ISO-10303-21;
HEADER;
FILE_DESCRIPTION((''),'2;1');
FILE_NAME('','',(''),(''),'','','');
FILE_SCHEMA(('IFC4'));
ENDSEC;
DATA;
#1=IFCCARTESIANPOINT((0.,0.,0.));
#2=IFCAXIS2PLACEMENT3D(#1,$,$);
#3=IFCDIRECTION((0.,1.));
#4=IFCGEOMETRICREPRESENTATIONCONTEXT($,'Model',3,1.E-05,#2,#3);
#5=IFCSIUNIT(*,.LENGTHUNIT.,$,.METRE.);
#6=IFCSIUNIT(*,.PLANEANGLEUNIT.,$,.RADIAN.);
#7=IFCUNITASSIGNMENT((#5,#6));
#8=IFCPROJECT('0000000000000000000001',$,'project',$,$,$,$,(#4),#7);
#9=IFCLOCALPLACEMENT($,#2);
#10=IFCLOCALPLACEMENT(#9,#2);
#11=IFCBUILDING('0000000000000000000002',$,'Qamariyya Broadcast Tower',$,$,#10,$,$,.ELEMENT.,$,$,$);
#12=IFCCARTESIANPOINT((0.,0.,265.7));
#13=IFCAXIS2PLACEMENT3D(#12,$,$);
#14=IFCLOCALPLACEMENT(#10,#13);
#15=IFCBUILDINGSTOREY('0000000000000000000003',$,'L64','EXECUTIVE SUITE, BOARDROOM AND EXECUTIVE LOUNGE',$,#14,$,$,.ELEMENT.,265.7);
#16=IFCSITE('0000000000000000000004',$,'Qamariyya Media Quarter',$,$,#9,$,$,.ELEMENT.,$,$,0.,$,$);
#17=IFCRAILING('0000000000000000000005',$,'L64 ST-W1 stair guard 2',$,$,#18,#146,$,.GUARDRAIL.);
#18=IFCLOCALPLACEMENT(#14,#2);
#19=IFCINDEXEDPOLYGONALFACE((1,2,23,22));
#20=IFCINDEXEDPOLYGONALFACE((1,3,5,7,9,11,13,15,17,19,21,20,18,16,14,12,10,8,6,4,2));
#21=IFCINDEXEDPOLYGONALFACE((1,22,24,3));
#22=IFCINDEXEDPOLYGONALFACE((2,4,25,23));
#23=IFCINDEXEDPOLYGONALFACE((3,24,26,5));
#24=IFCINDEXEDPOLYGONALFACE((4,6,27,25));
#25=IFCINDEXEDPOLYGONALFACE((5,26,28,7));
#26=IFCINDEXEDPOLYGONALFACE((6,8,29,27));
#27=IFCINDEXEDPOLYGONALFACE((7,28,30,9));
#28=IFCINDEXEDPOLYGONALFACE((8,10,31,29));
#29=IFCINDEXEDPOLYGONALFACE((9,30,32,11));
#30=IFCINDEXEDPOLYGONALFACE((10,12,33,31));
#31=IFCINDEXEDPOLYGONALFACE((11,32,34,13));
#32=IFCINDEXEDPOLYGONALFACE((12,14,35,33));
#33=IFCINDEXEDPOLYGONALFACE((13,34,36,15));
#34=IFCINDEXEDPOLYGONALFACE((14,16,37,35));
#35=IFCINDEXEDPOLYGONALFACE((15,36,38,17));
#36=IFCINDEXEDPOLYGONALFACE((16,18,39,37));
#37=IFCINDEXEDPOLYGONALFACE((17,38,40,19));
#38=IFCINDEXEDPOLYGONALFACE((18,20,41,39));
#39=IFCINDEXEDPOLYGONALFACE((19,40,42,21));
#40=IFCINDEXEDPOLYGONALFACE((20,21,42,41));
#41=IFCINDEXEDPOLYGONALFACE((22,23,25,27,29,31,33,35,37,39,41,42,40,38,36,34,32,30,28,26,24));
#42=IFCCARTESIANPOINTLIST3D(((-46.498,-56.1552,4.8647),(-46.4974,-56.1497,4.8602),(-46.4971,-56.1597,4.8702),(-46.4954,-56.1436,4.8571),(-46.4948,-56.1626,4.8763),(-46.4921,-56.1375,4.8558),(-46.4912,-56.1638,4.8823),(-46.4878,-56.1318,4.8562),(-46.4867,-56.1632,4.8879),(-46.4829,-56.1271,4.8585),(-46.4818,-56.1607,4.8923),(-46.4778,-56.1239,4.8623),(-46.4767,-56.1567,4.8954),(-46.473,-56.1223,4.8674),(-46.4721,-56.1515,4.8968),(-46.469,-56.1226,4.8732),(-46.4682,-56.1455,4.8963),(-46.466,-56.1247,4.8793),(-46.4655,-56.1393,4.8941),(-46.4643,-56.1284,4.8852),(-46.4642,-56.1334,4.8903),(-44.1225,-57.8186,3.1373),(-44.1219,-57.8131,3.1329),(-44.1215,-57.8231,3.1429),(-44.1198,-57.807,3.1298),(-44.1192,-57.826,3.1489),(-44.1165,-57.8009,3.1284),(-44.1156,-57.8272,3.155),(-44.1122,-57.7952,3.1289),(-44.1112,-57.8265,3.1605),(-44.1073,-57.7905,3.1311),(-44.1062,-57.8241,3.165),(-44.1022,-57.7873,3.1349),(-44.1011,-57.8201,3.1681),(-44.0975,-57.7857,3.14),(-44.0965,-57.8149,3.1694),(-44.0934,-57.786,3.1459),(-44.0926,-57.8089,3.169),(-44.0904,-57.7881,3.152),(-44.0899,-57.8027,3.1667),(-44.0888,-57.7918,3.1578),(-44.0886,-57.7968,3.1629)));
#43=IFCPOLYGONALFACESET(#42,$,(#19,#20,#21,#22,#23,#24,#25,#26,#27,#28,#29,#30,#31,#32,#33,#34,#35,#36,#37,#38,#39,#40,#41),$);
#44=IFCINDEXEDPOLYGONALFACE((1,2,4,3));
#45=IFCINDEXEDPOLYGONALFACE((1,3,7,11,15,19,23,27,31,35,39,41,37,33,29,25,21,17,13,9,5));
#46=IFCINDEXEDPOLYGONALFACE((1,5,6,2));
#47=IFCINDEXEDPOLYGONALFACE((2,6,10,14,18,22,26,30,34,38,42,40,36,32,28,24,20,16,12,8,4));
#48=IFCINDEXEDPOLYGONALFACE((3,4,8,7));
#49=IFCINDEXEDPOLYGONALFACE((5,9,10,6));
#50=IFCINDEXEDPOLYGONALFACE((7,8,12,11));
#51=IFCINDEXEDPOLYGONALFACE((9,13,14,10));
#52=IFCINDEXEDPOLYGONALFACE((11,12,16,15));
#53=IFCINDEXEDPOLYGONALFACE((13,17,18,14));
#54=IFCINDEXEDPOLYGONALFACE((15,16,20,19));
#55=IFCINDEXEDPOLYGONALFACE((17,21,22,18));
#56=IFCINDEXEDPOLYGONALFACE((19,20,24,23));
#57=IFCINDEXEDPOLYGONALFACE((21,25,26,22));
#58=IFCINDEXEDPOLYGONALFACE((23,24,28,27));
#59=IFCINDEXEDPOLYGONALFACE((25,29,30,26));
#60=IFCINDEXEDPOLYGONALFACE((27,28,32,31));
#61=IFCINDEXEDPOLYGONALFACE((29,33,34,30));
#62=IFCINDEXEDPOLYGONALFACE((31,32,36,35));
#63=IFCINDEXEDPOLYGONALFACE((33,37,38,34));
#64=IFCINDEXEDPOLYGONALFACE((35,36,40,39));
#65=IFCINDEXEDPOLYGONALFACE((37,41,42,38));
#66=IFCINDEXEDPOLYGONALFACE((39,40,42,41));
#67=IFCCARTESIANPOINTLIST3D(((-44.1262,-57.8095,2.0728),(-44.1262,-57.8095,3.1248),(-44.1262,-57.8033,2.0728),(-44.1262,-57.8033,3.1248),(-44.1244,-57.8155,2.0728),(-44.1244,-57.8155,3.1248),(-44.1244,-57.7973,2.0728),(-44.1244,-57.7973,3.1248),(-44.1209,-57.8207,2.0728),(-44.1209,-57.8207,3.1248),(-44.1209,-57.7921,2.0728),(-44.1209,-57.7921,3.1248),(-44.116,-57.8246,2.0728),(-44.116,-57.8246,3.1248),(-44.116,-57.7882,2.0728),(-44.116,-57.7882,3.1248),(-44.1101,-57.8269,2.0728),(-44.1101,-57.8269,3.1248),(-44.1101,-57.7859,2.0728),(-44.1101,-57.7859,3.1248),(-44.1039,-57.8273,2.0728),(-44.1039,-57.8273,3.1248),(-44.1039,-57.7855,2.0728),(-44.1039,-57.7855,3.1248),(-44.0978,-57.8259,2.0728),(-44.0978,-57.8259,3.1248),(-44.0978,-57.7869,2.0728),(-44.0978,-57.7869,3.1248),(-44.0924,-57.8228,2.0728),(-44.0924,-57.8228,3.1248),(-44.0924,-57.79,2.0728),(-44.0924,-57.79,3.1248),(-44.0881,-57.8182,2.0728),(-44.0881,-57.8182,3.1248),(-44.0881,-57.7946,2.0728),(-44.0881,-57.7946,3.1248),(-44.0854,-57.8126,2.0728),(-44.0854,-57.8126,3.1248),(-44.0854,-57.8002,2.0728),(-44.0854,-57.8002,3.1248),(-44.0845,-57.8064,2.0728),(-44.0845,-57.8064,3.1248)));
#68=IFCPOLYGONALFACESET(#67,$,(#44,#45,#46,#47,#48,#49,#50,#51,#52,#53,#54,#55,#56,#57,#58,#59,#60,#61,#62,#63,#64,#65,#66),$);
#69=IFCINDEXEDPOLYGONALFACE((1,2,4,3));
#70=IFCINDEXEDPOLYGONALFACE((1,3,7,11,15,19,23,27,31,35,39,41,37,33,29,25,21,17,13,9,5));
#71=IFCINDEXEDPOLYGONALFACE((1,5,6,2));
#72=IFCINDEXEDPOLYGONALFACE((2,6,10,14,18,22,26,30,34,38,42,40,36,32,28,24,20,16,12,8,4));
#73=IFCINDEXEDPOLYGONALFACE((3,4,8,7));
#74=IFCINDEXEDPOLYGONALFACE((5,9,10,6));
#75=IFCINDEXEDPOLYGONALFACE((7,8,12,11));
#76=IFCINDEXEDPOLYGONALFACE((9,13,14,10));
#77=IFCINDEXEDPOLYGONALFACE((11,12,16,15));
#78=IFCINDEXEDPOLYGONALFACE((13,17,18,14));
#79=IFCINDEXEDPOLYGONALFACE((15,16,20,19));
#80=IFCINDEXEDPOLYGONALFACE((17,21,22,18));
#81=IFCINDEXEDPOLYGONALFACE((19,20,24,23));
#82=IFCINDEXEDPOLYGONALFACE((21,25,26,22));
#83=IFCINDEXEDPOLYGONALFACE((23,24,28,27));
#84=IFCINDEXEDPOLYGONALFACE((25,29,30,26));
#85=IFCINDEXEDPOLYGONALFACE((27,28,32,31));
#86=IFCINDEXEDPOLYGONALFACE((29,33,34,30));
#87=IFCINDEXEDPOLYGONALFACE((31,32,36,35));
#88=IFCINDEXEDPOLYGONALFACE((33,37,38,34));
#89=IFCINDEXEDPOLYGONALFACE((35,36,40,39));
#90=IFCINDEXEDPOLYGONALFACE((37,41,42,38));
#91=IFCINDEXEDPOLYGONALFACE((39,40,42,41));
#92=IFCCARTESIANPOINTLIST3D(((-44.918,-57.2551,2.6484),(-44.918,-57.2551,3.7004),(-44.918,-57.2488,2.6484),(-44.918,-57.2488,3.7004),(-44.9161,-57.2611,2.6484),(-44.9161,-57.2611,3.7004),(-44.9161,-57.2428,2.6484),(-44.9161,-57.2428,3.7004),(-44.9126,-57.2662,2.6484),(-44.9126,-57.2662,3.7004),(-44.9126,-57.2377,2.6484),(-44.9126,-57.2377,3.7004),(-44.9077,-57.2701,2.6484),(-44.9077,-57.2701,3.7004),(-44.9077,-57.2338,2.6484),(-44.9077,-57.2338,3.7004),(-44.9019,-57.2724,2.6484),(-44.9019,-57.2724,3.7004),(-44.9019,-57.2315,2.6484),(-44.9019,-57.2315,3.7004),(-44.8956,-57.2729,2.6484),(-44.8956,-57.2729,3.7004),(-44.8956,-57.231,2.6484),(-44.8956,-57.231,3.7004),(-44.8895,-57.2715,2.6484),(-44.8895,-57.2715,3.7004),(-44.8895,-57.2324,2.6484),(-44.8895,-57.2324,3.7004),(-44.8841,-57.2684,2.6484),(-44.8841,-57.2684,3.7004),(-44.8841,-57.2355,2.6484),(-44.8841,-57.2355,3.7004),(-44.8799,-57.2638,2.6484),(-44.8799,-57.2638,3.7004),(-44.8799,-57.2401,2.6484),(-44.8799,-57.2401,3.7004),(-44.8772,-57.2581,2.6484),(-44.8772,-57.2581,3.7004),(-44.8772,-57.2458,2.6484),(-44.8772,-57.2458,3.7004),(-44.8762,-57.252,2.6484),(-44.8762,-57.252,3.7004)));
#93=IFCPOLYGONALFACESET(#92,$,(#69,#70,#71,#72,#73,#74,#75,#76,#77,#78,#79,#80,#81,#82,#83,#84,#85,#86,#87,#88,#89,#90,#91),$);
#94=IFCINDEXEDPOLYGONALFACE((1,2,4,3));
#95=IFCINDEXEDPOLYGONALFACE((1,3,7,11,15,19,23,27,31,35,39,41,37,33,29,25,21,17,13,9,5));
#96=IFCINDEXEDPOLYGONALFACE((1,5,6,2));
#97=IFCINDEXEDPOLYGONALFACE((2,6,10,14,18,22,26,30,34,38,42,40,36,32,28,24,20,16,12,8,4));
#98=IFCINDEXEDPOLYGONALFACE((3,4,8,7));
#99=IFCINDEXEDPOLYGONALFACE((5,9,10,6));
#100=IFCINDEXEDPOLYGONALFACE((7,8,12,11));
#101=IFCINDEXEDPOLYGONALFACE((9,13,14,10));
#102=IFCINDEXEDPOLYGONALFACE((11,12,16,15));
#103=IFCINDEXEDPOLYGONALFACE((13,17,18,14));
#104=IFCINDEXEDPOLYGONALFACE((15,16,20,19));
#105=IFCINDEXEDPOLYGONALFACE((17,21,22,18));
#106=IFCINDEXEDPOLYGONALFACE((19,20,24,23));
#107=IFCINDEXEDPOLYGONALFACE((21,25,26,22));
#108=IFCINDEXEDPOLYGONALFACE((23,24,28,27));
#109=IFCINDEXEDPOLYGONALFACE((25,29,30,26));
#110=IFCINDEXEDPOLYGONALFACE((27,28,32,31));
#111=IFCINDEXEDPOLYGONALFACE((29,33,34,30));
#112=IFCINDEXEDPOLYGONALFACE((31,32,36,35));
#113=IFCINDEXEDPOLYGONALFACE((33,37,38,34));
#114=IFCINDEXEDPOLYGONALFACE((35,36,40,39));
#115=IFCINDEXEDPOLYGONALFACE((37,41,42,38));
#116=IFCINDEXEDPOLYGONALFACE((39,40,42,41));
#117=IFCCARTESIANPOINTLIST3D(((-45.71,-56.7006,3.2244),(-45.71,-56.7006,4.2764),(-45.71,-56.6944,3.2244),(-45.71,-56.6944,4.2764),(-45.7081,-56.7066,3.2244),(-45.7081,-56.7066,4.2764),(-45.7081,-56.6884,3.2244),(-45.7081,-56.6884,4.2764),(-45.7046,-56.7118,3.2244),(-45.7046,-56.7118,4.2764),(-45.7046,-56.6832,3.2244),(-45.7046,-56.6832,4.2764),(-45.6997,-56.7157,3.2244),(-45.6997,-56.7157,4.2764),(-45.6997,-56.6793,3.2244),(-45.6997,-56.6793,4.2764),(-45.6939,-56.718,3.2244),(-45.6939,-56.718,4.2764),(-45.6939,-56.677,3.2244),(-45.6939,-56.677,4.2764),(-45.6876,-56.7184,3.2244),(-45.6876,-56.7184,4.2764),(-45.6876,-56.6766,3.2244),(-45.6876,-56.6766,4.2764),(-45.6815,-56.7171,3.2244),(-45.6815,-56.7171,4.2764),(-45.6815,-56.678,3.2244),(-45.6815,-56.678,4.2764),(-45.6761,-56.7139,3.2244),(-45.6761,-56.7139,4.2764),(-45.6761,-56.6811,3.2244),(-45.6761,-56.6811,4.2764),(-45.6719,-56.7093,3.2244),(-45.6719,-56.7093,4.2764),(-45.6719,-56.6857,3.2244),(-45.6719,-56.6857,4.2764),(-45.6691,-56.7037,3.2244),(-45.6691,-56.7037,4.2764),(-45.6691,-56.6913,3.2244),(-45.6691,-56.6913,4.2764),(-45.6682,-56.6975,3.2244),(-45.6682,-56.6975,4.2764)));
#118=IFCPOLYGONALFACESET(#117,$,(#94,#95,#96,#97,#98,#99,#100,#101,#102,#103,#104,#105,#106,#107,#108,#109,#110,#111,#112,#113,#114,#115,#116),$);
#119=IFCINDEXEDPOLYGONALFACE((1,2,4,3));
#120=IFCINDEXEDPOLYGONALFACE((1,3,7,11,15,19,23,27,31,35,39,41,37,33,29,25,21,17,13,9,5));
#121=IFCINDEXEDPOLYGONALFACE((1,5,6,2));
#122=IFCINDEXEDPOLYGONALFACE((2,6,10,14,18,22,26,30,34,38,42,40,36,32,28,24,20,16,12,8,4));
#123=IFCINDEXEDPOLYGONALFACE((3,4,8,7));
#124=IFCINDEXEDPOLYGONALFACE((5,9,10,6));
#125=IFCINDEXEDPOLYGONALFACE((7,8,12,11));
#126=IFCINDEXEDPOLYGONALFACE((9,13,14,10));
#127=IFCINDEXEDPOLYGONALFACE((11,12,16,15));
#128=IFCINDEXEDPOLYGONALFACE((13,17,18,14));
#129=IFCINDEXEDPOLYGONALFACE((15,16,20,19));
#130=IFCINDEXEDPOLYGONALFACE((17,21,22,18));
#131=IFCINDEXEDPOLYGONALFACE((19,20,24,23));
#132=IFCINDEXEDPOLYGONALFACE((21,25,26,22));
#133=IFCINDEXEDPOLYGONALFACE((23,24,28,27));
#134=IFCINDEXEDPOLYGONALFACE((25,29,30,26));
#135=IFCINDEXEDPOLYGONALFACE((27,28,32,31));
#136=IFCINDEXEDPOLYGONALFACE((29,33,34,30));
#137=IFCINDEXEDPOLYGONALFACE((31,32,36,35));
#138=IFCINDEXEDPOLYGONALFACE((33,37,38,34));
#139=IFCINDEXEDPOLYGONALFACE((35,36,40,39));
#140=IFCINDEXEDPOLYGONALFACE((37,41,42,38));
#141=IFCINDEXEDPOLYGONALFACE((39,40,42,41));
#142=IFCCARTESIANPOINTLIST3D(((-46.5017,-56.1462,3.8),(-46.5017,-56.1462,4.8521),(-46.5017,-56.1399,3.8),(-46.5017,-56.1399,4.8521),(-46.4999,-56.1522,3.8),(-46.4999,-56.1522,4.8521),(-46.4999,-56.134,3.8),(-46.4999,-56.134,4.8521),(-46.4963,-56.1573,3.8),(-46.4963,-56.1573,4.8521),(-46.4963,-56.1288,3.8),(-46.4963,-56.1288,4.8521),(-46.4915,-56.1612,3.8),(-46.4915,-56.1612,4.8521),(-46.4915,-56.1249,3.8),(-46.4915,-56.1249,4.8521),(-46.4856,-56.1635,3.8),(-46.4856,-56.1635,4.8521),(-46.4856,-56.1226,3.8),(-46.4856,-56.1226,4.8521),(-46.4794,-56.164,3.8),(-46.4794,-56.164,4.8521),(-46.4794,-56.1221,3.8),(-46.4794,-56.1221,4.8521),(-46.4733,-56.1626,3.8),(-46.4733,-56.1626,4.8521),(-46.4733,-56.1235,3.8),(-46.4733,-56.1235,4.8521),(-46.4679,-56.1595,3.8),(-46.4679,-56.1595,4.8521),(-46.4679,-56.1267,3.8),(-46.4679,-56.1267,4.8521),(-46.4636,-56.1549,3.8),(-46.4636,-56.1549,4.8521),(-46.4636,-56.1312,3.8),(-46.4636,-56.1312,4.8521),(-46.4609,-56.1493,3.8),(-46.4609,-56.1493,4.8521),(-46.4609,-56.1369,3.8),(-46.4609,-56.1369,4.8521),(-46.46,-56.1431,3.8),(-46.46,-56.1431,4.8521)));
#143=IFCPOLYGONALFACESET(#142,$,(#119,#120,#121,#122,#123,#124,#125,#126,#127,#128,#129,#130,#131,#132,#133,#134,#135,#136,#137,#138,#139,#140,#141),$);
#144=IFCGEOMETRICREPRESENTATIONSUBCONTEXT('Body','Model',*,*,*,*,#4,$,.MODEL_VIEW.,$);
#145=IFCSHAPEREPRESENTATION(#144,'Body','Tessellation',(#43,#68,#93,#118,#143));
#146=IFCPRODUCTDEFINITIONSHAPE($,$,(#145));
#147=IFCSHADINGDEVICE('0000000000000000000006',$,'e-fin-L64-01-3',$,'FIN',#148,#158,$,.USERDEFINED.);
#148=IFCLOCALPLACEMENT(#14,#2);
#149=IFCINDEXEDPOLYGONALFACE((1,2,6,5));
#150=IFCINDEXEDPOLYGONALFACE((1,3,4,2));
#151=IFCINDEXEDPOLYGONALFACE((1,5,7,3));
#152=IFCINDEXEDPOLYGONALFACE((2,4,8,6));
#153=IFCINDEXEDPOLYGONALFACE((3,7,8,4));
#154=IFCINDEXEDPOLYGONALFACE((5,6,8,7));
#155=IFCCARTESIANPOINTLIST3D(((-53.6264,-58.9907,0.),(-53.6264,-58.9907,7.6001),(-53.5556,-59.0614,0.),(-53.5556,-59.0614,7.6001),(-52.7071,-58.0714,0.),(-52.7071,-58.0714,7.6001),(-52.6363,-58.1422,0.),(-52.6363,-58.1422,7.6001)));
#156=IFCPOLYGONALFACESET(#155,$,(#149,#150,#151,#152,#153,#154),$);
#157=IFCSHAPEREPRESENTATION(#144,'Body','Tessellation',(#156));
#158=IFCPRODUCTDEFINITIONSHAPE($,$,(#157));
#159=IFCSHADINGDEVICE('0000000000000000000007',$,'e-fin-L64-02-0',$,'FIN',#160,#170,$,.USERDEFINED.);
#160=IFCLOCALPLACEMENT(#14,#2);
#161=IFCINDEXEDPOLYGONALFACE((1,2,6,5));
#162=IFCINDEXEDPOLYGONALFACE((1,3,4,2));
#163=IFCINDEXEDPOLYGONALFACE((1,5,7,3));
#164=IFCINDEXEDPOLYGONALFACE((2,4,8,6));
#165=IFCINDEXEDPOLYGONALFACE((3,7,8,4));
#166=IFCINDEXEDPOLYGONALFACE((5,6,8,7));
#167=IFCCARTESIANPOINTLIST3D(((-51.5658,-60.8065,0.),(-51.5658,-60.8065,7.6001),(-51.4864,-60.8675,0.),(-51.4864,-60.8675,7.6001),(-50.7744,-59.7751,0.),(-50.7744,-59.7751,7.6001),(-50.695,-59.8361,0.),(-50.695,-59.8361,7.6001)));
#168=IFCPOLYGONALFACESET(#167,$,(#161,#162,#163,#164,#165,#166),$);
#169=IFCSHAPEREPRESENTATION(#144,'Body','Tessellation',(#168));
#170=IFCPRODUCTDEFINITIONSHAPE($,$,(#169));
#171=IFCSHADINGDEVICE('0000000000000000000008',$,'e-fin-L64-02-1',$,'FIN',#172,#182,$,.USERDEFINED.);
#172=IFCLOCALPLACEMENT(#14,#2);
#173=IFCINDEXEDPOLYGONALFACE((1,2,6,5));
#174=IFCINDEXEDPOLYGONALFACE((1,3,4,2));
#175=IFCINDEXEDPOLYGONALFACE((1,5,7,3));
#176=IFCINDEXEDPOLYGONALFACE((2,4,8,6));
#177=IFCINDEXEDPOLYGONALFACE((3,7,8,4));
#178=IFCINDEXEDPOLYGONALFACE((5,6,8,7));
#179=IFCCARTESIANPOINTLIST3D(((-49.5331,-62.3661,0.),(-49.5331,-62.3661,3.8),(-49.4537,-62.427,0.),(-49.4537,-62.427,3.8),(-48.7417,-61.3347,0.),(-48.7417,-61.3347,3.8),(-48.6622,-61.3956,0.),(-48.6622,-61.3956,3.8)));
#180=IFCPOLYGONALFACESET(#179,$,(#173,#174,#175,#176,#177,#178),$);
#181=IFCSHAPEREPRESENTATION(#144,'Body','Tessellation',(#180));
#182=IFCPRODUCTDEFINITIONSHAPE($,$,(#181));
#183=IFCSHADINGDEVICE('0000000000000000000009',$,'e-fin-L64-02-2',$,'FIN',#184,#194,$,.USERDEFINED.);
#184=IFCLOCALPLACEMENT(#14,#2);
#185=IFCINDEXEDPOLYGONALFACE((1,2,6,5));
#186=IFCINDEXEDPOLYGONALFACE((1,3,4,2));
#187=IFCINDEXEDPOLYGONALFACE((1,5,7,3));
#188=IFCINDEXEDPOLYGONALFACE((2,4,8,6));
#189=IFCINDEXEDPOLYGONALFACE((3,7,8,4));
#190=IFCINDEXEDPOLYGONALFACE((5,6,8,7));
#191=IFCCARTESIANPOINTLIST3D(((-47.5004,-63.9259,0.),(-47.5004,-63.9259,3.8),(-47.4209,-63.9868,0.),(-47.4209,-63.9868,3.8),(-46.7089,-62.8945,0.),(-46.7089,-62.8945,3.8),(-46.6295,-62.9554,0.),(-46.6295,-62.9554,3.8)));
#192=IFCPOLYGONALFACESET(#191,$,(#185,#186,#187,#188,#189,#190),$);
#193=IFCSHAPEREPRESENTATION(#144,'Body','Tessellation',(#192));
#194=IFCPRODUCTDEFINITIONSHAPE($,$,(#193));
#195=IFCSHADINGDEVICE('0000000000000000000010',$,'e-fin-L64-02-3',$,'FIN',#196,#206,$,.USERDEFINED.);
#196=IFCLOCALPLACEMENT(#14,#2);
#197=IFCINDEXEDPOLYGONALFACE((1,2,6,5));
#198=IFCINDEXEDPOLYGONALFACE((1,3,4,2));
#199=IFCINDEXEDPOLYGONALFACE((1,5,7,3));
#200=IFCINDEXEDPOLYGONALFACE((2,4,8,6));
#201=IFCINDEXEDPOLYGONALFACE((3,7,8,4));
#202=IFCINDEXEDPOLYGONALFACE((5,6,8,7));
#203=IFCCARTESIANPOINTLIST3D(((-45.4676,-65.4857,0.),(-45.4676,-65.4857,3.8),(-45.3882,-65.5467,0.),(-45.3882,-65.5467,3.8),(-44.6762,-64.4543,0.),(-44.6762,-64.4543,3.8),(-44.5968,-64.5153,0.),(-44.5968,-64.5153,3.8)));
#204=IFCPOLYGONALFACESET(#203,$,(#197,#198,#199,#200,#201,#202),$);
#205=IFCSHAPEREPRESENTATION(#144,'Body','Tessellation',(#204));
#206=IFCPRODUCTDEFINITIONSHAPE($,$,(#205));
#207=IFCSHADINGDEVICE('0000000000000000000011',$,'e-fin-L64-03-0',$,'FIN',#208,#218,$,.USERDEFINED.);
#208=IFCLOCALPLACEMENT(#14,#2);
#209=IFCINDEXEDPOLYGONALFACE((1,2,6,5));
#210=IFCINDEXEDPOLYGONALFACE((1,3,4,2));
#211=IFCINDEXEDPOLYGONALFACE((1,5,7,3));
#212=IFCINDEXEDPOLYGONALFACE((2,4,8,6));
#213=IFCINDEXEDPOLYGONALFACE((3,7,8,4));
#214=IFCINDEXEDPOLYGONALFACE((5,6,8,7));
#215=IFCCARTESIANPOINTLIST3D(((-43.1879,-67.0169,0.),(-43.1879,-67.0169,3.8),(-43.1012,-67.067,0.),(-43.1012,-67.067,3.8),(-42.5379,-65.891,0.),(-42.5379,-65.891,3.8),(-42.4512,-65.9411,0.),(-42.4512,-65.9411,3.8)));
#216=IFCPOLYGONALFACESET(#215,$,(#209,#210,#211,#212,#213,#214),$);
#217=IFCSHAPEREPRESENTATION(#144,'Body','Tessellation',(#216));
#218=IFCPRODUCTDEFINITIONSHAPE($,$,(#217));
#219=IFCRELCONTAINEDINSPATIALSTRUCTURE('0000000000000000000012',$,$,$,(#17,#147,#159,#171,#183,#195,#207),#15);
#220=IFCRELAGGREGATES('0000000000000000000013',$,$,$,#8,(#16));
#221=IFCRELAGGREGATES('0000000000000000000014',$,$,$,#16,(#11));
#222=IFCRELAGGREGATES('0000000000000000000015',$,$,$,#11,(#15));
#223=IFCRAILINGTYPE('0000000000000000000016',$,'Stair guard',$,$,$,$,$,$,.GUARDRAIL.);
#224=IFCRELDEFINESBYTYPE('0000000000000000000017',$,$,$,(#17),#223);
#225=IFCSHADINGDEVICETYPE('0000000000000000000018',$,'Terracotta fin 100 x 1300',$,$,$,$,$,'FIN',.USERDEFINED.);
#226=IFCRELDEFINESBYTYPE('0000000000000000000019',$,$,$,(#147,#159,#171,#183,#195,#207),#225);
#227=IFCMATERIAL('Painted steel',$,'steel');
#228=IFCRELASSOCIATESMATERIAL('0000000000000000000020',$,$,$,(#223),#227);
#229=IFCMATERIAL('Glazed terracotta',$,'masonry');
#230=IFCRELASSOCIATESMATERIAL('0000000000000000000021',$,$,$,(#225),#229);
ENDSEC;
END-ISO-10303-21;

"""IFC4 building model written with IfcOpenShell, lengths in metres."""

from ifc_helpers import new_model, si_unit, direction, frame, origin, origin_2d, place, context, subcontext, project, spatial, rectangle, circle, extrude, material, material_profile, profile_set, type_object, element, save


model = new_model("IFC4")

# Units and contexts
model_context = context("Model", 3, precision=1e-05, world=origin(), true_north=direction((0.0, 1.0)))
body_context = subcontext(model_context, "Body", "Model", "MODEL_VIEW")
ifc_project = project(units=[si_unit("LENGTHUNIT", "METRE"), si_unit("PLANEANGLEUNIT", "RADIAN")], contexts=[model_context])

# Site, building, storey
site_placement = place(None, origin())
site = spatial("IfcSite", under=ifc_project, at=site_placement, Name="Qamariyya Media Quarter", CompositionType="ELEMENT", RefElevation=0.0)
building_placement = place(site_placement, origin())
building = spatial("IfcBuilding", under=site, at=building_placement, Name="Qamariyya Broadcast Tower", CompositionType="ELEMENT")
storey_placement = place(building_placement, frame((0.0, 0.0, 265.7)))
storey = spatial("IfcBuildingStorey", under=building, at=storey_placement, Name="L64", Description="EXECUTIVE SUITE, BOARDROOM AND EXECUTIVE LOUNGE", CompositionType="ELEMENT", Elevation=265.7)

# Railing
ifc_material_1 = material(Name="Painted steel", Category="steel")
railing_type = type_object("IfcRailingType", Name="Stair guard", PredefinedType="GUARDRAIL", material=ifc_material_1)
railing_placement = place(storey_placement, frame((-44.1055, -57.8064, 2.0728)))
element("IfcRailing", 1, at=railing_placement, inside=storey, type_object=railing_type, Name="L64 ST-W1 stair guard 2", PredefinedType="GUARDRAIL", context=body_context, shape_type="SweptSolid", body=[
    extrude(circle(Radius=0.0239, at=origin_2d()), frame((0.0, 0.0, 1.0762), z_axis=(-0.70377, 0.492784, 0.511734), x_axis=(-0.573575, -0.819153, 0.0)), (0.0, 0.0, 1.0), 3.3755),
    extrude(circle(Radius=0.021, at=origin_2d()), origin(), (0.0, 0.0, 1.0), 1.052),
    extrude(circle(Radius=0.021, at=origin_2d()), frame((-0.7917, 0.5544, 0.5757)), (0.0, 0.0, 1.0), 1.052),
    extrude(circle(Radius=0.021, at=origin_2d()), frame((-1.5837, 1.1089, 1.1516)), (0.0, 0.0, 1.0), 1.052),
    extrude(circle(Radius=0.021, at=origin_2d()), frame((-2.3755, 1.6633, 1.7273)), (0.0, 0.0, 1.0), 1.052),
])

# Shading devices
ifc_material_2 = material(Name="Glazed terracotta", Category="masonry")
ifc_material_profile_1 = material_profile(ifc_material_2, rectangle(XDim=1.3, YDim=0.1001, at=origin_2d()))
ifc_profile_set_1 = profile_set([ifc_material_profile_1], Name="Glazed terracotta")
shading_device_type_1 = type_object("IfcShadingDeviceType", Name="Terracotta fin 100 x 1300", ElementType="FIN", PredefinedType="USERDEFINED", material=ifc_profile_set_1)
for number, where, z_axis, x_axis, name in (
    (2, (-53.1313, -58.5664, 0.0), (0.0, 0.0, 1.0), (-0.707107, -0.707107, 0.0), "e-fin-L64-01-3"),
    (3, (-51.1304, -60.3213, 0.0), (0.0, 0.0, 1.0), (-0.608761, -0.793353, 0.0), "e-fin-L64-02-0"),
):
    element("IfcShadingDevice", number, at=place(storey_placement, frame(where, z_axis=z_axis, x_axis=x_axis)), inside=storey, type_object=shading_device_type_1, Name=name, ObjectType="FIN", PredefinedType="USERDEFINED", context=body_context, shape_type="SweptSolid", body=[
        extrude(rectangle(XDim=1.3, YDim=0.1001, at=origin_2d()), origin(), (0.0, 0.0, 1.0), 7.6001),
    ])
for number, where, z_axis, x_axis, name in (
    (4, (-49.0977, -61.8809, 0.0), (0.0, 0.0, 1.0), (-0.608761, -0.793353, 0.0), "e-fin-L64-02-1"),
    (5, (-47.0649, -63.4407, 0.0), (0.0, 0.0, 1.0), (-0.608761, -0.793353, 0.0), "e-fin-L64-02-2"),
    (6, (-45.0322, -65.0005, 0.0), (0.0, 0.0, 1.0), (-0.608761, -0.793353, 0.0), "e-fin-L64-02-3"),
    (7, (-42.8196, -66.479, 0.0), (0.0, 0.0, 1.0), (-0.5, -0.866025, 0.0), "e-fin-L64-03-0"),
):
    element("IfcShadingDevice", number, at=place(storey_placement, frame(where, z_axis=z_axis, x_axis=x_axis)), inside=storey, type_object=shading_device_type_1, Name=name, ObjectType="FIN", PredefinedType="USERDEFINED", context=body_context, shape_type="SweptSolid", body=[
        extrude(rectangle(XDim=1.3, YDim=0.1001, at=origin_2d()), origin(), (0.0, 0.0, 1.0), 3.8),
    ])

save(model, "model.ifc")
